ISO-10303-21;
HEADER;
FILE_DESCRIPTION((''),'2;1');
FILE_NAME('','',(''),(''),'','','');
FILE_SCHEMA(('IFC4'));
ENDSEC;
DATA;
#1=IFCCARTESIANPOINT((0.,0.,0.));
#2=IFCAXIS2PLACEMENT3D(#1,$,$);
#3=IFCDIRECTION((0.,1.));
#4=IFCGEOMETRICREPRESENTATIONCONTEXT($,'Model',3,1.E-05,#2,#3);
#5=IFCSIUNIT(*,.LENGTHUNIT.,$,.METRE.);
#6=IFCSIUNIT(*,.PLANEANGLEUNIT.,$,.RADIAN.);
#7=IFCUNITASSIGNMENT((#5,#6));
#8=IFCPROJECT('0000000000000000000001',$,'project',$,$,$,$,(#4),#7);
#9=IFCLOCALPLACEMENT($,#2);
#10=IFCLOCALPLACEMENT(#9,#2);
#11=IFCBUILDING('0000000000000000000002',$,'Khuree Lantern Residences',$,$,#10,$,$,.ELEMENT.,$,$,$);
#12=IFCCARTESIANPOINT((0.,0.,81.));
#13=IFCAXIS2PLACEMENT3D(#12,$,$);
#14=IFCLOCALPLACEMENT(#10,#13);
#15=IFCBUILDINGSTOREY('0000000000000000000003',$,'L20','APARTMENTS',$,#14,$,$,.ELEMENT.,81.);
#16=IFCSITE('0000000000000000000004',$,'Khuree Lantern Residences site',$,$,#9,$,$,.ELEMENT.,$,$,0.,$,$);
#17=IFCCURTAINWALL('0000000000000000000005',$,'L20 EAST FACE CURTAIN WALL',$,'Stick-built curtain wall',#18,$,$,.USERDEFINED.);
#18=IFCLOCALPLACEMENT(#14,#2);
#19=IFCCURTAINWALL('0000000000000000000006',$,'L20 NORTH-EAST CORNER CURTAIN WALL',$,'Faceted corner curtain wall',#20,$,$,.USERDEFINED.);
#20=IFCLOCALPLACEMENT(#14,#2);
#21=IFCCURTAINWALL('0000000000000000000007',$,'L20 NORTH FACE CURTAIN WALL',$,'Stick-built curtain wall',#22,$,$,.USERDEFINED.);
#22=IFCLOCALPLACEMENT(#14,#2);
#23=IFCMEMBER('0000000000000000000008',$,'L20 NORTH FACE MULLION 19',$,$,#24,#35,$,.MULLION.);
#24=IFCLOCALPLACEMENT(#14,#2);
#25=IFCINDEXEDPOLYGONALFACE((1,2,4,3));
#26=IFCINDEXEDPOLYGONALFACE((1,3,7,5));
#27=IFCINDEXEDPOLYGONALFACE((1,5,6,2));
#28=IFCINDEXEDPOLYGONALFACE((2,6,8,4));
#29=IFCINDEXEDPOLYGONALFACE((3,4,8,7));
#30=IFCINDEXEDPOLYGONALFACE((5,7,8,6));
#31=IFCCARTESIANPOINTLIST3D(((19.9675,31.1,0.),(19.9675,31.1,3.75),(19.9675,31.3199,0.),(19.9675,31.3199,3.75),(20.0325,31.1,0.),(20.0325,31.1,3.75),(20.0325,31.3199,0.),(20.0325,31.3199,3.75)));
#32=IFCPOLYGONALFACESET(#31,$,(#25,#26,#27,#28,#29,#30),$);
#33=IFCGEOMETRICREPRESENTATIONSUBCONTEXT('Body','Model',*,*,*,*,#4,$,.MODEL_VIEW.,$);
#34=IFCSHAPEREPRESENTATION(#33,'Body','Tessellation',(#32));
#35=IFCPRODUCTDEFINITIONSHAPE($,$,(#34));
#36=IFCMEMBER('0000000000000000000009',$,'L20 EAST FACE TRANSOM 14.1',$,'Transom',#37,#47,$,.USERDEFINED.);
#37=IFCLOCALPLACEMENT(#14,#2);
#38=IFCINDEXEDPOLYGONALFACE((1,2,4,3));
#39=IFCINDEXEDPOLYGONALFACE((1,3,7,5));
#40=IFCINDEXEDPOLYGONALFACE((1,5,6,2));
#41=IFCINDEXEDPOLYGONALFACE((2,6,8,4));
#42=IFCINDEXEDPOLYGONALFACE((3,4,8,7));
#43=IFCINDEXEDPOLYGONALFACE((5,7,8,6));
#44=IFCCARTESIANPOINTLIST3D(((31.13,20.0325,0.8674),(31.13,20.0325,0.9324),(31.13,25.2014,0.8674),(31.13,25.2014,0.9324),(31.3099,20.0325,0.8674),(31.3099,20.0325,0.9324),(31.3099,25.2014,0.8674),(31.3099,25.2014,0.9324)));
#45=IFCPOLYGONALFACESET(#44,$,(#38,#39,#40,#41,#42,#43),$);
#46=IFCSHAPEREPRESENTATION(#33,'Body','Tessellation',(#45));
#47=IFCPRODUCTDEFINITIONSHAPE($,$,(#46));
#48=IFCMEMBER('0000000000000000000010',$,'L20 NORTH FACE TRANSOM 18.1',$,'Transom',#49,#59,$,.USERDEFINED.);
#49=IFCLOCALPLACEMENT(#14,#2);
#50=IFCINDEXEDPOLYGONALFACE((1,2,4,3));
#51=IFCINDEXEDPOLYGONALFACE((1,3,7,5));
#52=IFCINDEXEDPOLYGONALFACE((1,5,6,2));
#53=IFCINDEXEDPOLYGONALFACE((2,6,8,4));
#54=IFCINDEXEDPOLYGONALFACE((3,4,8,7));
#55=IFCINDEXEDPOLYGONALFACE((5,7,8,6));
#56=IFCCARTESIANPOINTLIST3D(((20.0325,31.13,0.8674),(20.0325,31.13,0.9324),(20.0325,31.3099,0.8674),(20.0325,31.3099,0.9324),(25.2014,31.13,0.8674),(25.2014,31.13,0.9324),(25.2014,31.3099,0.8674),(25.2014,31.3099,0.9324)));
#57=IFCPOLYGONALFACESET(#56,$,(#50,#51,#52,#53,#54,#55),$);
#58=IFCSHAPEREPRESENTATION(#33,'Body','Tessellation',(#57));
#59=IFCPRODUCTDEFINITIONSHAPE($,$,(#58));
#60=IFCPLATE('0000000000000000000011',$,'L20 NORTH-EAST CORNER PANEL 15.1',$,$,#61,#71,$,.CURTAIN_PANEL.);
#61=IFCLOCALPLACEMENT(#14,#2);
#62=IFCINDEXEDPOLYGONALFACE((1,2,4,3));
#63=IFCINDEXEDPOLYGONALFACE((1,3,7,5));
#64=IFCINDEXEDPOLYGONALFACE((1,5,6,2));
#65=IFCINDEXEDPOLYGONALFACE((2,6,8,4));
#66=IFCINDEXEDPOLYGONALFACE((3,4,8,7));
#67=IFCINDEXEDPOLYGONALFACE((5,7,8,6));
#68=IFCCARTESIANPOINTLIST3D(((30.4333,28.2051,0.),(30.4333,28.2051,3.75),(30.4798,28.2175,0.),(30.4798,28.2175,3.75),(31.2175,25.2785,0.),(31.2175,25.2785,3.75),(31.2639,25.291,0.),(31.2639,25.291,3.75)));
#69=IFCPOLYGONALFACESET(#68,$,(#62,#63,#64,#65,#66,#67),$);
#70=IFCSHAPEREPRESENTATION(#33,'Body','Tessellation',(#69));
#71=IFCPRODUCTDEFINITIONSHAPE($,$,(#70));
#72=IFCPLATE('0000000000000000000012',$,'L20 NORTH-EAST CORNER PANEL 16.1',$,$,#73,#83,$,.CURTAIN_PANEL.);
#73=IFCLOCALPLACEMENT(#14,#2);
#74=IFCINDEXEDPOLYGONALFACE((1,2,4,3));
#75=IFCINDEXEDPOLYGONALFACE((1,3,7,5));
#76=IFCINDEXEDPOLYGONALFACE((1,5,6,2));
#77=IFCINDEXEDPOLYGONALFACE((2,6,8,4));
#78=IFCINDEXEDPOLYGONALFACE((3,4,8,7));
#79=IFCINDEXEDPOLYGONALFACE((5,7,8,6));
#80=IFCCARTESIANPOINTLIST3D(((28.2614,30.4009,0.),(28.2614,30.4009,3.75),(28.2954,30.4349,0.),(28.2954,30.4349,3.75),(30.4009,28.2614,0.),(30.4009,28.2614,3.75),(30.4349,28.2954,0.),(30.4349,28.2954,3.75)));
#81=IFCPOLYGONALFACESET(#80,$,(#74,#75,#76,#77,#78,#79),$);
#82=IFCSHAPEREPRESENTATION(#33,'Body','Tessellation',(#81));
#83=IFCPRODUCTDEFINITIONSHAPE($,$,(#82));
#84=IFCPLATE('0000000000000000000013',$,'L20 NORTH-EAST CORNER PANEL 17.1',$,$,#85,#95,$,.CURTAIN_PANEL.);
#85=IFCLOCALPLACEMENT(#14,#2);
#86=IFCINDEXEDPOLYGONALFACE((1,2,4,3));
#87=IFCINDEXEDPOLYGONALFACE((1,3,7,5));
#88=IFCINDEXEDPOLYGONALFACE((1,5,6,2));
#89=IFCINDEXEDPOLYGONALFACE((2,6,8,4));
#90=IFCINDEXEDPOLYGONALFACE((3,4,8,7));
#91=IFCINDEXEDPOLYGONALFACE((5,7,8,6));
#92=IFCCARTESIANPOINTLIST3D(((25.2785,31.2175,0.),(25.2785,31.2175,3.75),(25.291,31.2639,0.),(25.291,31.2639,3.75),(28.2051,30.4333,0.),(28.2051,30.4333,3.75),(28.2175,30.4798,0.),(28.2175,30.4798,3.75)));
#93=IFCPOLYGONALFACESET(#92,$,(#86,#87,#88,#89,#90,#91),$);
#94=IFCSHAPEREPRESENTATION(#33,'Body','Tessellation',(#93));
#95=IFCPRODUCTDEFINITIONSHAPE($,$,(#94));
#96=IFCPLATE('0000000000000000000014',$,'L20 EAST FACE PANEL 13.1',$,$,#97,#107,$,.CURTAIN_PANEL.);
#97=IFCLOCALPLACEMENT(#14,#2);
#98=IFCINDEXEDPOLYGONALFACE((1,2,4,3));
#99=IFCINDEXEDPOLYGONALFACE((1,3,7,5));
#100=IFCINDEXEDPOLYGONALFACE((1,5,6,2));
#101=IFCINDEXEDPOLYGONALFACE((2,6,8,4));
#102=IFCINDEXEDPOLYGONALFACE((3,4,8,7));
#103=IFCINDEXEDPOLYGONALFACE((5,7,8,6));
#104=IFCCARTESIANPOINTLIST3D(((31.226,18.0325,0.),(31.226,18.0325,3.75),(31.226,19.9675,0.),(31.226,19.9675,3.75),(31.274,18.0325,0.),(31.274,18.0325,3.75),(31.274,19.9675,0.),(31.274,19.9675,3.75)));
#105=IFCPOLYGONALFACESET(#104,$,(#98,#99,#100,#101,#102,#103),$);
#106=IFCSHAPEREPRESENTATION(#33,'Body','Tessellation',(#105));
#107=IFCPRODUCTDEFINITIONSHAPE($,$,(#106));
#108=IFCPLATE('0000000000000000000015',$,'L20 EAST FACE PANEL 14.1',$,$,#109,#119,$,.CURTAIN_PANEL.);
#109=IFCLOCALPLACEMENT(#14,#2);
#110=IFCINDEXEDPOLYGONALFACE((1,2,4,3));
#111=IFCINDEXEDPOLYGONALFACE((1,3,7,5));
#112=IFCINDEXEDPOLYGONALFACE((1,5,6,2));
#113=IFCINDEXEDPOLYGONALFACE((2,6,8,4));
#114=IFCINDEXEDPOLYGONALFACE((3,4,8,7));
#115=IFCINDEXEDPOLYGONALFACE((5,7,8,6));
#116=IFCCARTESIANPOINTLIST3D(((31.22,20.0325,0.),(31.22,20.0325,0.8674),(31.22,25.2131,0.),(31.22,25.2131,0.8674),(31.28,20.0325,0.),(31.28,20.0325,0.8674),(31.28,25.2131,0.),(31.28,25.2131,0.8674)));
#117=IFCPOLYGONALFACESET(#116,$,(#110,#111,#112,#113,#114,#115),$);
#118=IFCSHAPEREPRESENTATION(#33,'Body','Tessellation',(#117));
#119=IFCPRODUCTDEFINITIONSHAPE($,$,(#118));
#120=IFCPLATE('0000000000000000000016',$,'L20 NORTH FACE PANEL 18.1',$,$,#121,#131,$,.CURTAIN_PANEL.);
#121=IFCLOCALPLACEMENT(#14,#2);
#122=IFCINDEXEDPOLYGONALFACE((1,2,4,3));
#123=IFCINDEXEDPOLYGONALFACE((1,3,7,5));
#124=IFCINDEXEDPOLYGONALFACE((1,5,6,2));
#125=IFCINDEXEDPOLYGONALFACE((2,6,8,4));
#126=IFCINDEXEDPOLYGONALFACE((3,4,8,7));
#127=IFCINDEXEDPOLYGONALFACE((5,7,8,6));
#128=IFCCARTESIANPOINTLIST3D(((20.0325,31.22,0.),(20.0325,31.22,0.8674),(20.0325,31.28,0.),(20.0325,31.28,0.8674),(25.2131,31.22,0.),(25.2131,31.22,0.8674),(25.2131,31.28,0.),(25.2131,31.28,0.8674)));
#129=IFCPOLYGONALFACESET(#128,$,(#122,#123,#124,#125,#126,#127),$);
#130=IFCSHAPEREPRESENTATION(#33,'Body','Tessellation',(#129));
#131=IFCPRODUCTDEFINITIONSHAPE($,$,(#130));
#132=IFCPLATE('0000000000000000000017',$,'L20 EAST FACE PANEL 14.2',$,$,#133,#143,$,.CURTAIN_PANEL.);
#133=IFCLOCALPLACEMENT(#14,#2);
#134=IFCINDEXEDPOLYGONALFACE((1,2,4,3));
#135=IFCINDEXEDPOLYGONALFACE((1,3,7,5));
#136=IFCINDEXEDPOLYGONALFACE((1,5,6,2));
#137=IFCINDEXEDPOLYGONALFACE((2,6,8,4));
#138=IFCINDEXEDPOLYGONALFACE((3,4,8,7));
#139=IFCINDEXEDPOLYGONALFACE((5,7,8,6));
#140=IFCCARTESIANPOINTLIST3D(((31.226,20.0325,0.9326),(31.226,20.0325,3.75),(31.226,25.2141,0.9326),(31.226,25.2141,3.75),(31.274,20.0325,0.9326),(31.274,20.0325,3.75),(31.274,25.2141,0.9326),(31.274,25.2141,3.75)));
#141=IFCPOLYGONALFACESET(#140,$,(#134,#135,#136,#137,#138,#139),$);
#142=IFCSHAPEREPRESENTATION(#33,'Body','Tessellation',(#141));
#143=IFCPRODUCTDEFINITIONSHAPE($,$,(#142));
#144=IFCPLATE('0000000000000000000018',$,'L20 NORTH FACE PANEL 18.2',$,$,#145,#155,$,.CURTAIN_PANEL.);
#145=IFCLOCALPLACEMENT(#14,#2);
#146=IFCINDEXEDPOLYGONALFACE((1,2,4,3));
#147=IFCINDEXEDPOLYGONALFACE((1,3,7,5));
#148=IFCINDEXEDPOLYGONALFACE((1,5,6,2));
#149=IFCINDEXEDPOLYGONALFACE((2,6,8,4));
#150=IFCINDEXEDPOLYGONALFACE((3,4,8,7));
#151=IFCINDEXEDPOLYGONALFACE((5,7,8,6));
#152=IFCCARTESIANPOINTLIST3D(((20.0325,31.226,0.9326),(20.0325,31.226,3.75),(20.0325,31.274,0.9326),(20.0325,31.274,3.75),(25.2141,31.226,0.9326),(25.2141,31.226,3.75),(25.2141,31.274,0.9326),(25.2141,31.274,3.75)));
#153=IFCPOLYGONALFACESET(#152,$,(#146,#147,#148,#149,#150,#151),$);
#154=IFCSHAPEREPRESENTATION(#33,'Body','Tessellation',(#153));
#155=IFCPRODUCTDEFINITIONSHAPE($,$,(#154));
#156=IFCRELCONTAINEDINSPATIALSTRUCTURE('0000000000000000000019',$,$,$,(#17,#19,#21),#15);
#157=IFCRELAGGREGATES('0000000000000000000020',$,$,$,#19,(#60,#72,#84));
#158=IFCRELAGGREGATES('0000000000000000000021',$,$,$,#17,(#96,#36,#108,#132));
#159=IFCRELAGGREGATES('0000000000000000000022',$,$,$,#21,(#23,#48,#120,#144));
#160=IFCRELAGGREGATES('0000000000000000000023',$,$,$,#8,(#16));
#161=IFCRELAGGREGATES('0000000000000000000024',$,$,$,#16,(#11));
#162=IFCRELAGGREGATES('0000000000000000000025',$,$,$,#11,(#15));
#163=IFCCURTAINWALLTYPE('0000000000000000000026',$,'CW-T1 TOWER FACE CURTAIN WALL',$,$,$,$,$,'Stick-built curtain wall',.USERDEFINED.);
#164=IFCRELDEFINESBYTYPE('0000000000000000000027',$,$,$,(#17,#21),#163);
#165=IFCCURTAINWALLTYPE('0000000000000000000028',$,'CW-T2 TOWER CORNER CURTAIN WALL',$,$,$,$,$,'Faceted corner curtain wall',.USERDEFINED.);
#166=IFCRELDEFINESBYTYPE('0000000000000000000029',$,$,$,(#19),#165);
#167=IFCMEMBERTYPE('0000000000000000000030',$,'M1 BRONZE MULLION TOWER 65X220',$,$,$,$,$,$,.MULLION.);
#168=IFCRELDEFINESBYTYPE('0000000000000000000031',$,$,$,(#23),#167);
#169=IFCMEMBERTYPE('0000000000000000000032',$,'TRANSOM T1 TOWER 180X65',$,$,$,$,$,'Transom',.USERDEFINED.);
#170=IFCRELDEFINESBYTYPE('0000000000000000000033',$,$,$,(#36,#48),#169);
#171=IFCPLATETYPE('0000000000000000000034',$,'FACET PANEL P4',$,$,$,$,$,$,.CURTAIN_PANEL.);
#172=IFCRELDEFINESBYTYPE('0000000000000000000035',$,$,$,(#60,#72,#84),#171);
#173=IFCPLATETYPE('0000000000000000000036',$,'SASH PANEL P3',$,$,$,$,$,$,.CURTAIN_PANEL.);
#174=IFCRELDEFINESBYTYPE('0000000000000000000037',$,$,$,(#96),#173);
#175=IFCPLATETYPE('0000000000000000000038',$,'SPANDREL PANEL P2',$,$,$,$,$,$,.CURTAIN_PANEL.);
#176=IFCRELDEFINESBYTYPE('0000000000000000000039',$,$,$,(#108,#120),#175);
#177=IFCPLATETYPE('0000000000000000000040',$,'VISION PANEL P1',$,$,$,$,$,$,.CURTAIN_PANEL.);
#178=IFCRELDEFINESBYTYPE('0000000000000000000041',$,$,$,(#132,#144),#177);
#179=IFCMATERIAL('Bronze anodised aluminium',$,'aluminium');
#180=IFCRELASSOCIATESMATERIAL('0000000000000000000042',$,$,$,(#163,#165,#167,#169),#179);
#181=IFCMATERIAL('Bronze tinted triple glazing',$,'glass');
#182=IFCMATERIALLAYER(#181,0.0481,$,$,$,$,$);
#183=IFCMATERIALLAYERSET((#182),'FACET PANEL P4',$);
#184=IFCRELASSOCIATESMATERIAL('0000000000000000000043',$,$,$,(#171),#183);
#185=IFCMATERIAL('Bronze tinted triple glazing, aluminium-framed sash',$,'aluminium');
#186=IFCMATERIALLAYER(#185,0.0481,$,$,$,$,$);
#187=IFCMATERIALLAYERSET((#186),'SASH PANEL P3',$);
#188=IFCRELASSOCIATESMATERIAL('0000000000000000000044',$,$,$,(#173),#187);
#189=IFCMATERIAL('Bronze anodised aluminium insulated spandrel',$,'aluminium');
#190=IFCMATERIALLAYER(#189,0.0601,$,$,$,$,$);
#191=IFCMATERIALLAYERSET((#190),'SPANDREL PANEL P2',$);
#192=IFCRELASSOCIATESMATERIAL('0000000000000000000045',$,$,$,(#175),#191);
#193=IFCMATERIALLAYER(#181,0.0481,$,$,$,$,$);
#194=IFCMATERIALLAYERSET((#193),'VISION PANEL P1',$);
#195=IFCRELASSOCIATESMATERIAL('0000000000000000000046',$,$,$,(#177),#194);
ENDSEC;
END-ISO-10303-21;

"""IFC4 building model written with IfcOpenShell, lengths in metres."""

from ifc_helpers import new_model, si_unit, direction, frame, origin, origin_2d, place, context, subcontext, project, spatial, rectangle, extrude, material, layer, layer_set, material_profile, profile_set, type_object, element, aggregate, save


model = new_model("IFC4")

# Units and contexts
model_context = context("Model", 3, precision=1e-05, world=origin(), true_north=direction((0.0, 1.0)))
body_context = subcontext(model_context, "Body", "Model", "MODEL_VIEW")
ifc_project = project(units=[si_unit("LENGTHUNIT", "METRE"), si_unit("PLANEANGLEUNIT", "RADIAN")], contexts=[model_context])

# Site, building, storey
site_placement = place(None, origin())
site = spatial("IfcSite", under=ifc_project, at=site_placement, Name="Khuree Lantern Residences site", CompositionType="ELEMENT", RefElevation=0.0)
building_placement = place(site_placement, origin())
building = spatial("IfcBuilding", under=site, at=building_placement, Name="Khuree Lantern Residences", CompositionType="ELEMENT")
storey_placement = place(building_placement, frame((0.0, 0.0, 81.0)))
storey = spatial("IfcBuildingStorey", under=building, at=storey_placement, Name="L20", Description="APARTMENTS", CompositionType="ELEMENT", Elevation=81.0)

# Curtain walls
ifc_material_1 = material(Name="Bronze anodised aluminium", Category="aluminium")
curtain_wall_type_1 = type_object("IfcCurtainWallType", Name="CW-T1 TOWER FACE CURTAIN WALL", ElementType="Stick-built curtain wall", PredefinedType="USERDEFINED", material=ifc_material_1)
curtain_wall_1_placement = place(storey_placement, origin())
curtain_wall_1 = element("IfcCurtainWall", 1, at=curtain_wall_1_placement, inside=storey, type_object=curtain_wall_type_1, Name="L20 EAST FACE CURTAIN WALL", ObjectType="Stick-built curtain wall", PredefinedType="USERDEFINED")
curtain_wall_type_2 = type_object("IfcCurtainWallType", Name="CW-T2 TOWER CORNER CURTAIN WALL", ElementType="Faceted corner curtain wall", PredefinedType="USERDEFINED", material=ifc_material_1)
curtain_wall_2_placement = place(storey_placement, origin())
curtain_wall_2 = element("IfcCurtainWall", 2, at=curtain_wall_2_placement, inside=storey, type_object=curtain_wall_type_2, Name="L20 NORTH-EAST CORNER CURTAIN WALL", ObjectType="Faceted corner curtain wall", PredefinedType="USERDEFINED")

# Shared definitions
ifc_material_profile_1 = material_profile(ifc_material_1, rectangle(XDim=0.0649, YDim=0.22, at=origin_2d()), Name="M1 65X220")
ifc_profile_set_1 = profile_set([ifc_material_profile_1], Name="Bronze anodised aluminium")
member_type_1 = type_object("IfcMemberType", Name="M1 BRONZE MULLION TOWER 65X220", PredefinedType="MULLION", material=ifc_profile_set_1)

# Curtain wall, member
curtain_wall_3_placement = place(storey_placement, origin())
curtain_wall_3 = element("IfcCurtainWall", 3, at=curtain_wall_3_placement, inside=storey, type_object=curtain_wall_type_1, Name="L20 NORTH FACE CURTAIN WALL", ObjectType="Stick-built curtain wall", PredefinedType="USERDEFINED")
member_1_placement = place(storey_placement, frame((20.0, 31.21, 0.0), z_axis=(0.0, 0.0, 1.0), x_axis=(-1.0, 0.0, 0.0)))
member_1 = element("IfcMember", 4, at=member_1_placement, type_object=member_type_1, Name="L20 NORTH FACE MULLION 19", PredefinedType="MULLION", context=body_context, shape_type="SweptSolid", body=[
    extrude(rectangle(XDim=0.0649, YDim=0.22, at=origin_2d()), origin(), (0.0, 0.0, 1.0), 3.75),
])

# Members
ifc_material_profile_2 = material_profile(ifc_material_1, rectangle(XDim=0.1799, YDim=0.0649, at=origin_2d()), Name="T1 180X65")
ifc_profile_set_2 = profile_set([ifc_material_profile_2], Name="Bronze anodised aluminium")
member_type_2 = type_object("IfcMemberType", Name="TRANSOM T1 TOWER 180X65", ElementType="Transom", PredefinedType="USERDEFINED", material=ifc_profile_set_2)
member_2_placement = place(storey_placement, frame((31.22, 20.0325, 0.8999), z_axis=(0.0, 1.0, 0.0), x_axis=(-1.0, 0.0, 0.0)))
member_2 = element("IfcMember", 5, at=member_2_placement, type_object=member_type_2, Name="L20 EAST FACE TRANSOM 14.1", ObjectType="Transom", PredefinedType="USERDEFINED", context=body_context, shape_type="SweptSolid", body=[
    extrude(rectangle(XDim=0.1799, YDim=0.0649, at=origin_2d()), origin(), (0.0, 0.0, 1.0), 5.1689),
])
member_3_placement = place(storey_placement, frame((25.2014, 31.22, 0.8999), z_axis=(-1.0, 0.0, 0.0), x_axis=(0.0, -1.0, 0.0)))
member_3 = element("IfcMember", 6, at=member_3_placement, type_object=member_type_2, Name="L20 NORTH FACE TRANSOM 18.1", ObjectType="Transom", PredefinedType="USERDEFINED", context=body_context, shape_type="SweptSolid", body=[
    extrude(rectangle(XDim=0.1799, YDim=0.0649, at=origin_2d()), origin(), (0.0, 0.0, 1.0), 5.1689),
])

# Plates
ifc_material_2 = material(Name="Bronze tinted triple glazing", Category="glass")
ifc_layer_1 = layer(ifc_material_2, 0.0481)
ifc_layer_set_1 = layer_set([ifc_layer_1], Name="FACET PANEL P4")
plate_type_1 = type_object("IfcPlateType", Name="FACET PANEL P4", PredefinedType="CURTAIN_PANEL", material=ifc_layer_set_1)
plate_1_placement = place(storey_placement, frame((30.8486, 26.748, 0.0), z_axis=(0.0, 0.0, 1.0), x_axis=(-0.258819, 0.965926, 0.0)))
plate_1 = element("IfcPlate", 7, at=plate_1_placement, type_object=plate_type_1, Name="L20 NORTH-EAST CORNER PANEL 15.1", PredefinedType="CURTAIN_PANEL", context=body_context, shape_type="SweptSolid", body=[
    extrude(rectangle(XDim=3.0298, YDim=0.0481, at=origin_2d()), origin(), (0.0, 0.0, 1.0), 3.75),
])
plate_2_placement = place(storey_placement, frame((29.3481, 29.3481, 0.0), z_axis=(0.0, 0.0, 1.0), x_axis=(-0.707107, 0.707107, 0.0)))
plate_2 = element("IfcPlate", 8, at=plate_2_placement, type_object=plate_type_1, Name="L20 NORTH-EAST CORNER PANEL 16.1", PredefinedType="CURTAIN_PANEL", context=body_context, shape_type="SweptSolid", body=[
    extrude(rectangle(XDim=3.0256, YDim=0.0481, at=origin_2d()), origin(), (0.0, 0.0, 1.0), 3.75),
])
plate_3_placement = place(storey_placement, frame((26.748, 30.8486, 0.0), z_axis=(0.0, 0.0, 1.0), x_axis=(-0.965926, 0.258819, 0.0)))
plate_3 = element("IfcPlate", 9, at=plate_3_placement, type_object=plate_type_1, Name="L20 NORTH-EAST CORNER PANEL 17.1", PredefinedType="CURTAIN_PANEL", context=body_context, shape_type="SweptSolid", body=[
    extrude(rectangle(XDim=3.0298, YDim=0.0481, at=origin_2d()), origin(), (0.0, 0.0, 1.0), 3.75),
])
aggregate(curtain_wall_2, [plate_1, plate_2, plate_3])
ifc_material_3 = material(Name="Bronze tinted triple glazing, aluminium-framed sash", Category="aluminium")
ifc_layer_2 = layer(ifc_material_3, 0.0481)
ifc_layer_set_2 = layer_set([ifc_layer_2], Name="SASH PANEL P3")
plate_type_2 = type_object("IfcPlateType", Name="SASH PANEL P3", PredefinedType="CURTAIN_PANEL", material=ifc_layer_set_2)
plate_4_placement = place(storey_placement, frame((31.25, 19.0, 0.0), z_axis=(0.0, 0.0, 1.0), x_axis=(0.0, 1.0, 0.0)))
plate_4 = element("IfcPlate", 10, at=plate_4_placement, type_object=plate_type_2, Name="L20 EAST FACE PANEL 13.1", PredefinedType="CURTAIN_PANEL", context=body_context, shape_type="SweptSolid", body=[
    extrude(rectangle(XDim=1.9351, YDim=0.0481, at=origin_2d()), origin(), (0.0, 0.0, 1.0), 3.75),
])
ifc_material_4 = material(Name="Bronze anodised aluminium insulated spandrel", Category="aluminium")
ifc_layer_3 = layer(ifc_material_4, 0.0601)
ifc_layer_set_3 = layer_set([ifc_layer_3], Name="SPANDREL PANEL P2")
plate_type_3 = type_object("IfcPlateType", Name="SPANDREL PANEL P2", PredefinedType="CURTAIN_PANEL", material=ifc_layer_set_3)
plate_5_placement = place(storey_placement, frame((31.25, 22.6228, 0.0), z_axis=(0.0, 0.0, 1.0), x_axis=(0.0, 1.0, 0.0)))
plate_5 = element("IfcPlate", 11, at=plate_5_placement, type_object=plate_type_3, Name="L20 EAST FACE PANEL 14.1", PredefinedType="CURTAIN_PANEL", context=body_context, shape_type="SweptSolid", body=[
    extrude(rectangle(XDim=5.1807, YDim=0.0601, at=origin_2d()), origin(), (0.0, 0.0, 1.0), 0.8674),
])
plate_6_placement = place(storey_placement, frame((22.6228, 31.25, 0.0), z_axis=(0.0, 0.0, 1.0), x_axis=(-1.0, 0.0, 0.0)))
plate_6 = element("IfcPlate", 12, at=plate_6_placement, type_object=plate_type_3, Name="L20 NORTH FACE PANEL 18.1", PredefinedType="CURTAIN_PANEL", context=body_context, shape_type="SweptSolid", body=[
    extrude(rectangle(XDim=5.1807, YDim=0.0601, at=origin_2d()), origin(), (0.0, 0.0, 1.0), 0.8674),
])
ifc_layer_4 = layer(ifc_material_2, 0.0481)
ifc_layer_set_4 = layer_set([ifc_layer_4], Name="VISION PANEL P1")
plate_type_4 = type_object("IfcPlateType", Name="VISION PANEL P1", PredefinedType="CURTAIN_PANEL", material=ifc_layer_set_4)
plate_7_placement = place(storey_placement, frame((31.25, 22.6233, 0.9326), z_axis=(0.0, 0.0, 1.0), x_axis=(0.0, 1.0, 0.0)))
plate_7 = element("IfcPlate", 13, at=plate_7_placement, type_object=plate_type_4, Name="L20 EAST FACE PANEL 14.2", PredefinedType="CURTAIN_PANEL", context=body_context, shape_type="SweptSolid", body=[
    extrude(rectangle(XDim=5.1816, YDim=0.0481, at=origin_2d()), origin(), (0.0, 0.0, 1.0), 2.8174),
])
aggregate(curtain_wall_1, [plate_4, member_2, plate_5, plate_7])
plate_8_placement = place(storey_placement, frame((22.6233, 31.25, 0.9326), z_axis=(0.0, 0.0, 1.0), x_axis=(-1.0, 0.0, 0.0)))
plate_8 = element("IfcPlate", 14, at=plate_8_placement, type_object=plate_type_4, Name="L20 NORTH FACE PANEL 18.2", PredefinedType="CURTAIN_PANEL", context=body_context, shape_type="SweptSolid", body=[
    extrude(rectangle(XDim=5.1816, YDim=0.0481, at=origin_2d()), origin(), (0.0, 0.0, 1.0), 2.8174),
])
aggregate(curtain_wall_3, [member_1, member_3, plate_6, plate_8])

save(model, "model.ifc")
